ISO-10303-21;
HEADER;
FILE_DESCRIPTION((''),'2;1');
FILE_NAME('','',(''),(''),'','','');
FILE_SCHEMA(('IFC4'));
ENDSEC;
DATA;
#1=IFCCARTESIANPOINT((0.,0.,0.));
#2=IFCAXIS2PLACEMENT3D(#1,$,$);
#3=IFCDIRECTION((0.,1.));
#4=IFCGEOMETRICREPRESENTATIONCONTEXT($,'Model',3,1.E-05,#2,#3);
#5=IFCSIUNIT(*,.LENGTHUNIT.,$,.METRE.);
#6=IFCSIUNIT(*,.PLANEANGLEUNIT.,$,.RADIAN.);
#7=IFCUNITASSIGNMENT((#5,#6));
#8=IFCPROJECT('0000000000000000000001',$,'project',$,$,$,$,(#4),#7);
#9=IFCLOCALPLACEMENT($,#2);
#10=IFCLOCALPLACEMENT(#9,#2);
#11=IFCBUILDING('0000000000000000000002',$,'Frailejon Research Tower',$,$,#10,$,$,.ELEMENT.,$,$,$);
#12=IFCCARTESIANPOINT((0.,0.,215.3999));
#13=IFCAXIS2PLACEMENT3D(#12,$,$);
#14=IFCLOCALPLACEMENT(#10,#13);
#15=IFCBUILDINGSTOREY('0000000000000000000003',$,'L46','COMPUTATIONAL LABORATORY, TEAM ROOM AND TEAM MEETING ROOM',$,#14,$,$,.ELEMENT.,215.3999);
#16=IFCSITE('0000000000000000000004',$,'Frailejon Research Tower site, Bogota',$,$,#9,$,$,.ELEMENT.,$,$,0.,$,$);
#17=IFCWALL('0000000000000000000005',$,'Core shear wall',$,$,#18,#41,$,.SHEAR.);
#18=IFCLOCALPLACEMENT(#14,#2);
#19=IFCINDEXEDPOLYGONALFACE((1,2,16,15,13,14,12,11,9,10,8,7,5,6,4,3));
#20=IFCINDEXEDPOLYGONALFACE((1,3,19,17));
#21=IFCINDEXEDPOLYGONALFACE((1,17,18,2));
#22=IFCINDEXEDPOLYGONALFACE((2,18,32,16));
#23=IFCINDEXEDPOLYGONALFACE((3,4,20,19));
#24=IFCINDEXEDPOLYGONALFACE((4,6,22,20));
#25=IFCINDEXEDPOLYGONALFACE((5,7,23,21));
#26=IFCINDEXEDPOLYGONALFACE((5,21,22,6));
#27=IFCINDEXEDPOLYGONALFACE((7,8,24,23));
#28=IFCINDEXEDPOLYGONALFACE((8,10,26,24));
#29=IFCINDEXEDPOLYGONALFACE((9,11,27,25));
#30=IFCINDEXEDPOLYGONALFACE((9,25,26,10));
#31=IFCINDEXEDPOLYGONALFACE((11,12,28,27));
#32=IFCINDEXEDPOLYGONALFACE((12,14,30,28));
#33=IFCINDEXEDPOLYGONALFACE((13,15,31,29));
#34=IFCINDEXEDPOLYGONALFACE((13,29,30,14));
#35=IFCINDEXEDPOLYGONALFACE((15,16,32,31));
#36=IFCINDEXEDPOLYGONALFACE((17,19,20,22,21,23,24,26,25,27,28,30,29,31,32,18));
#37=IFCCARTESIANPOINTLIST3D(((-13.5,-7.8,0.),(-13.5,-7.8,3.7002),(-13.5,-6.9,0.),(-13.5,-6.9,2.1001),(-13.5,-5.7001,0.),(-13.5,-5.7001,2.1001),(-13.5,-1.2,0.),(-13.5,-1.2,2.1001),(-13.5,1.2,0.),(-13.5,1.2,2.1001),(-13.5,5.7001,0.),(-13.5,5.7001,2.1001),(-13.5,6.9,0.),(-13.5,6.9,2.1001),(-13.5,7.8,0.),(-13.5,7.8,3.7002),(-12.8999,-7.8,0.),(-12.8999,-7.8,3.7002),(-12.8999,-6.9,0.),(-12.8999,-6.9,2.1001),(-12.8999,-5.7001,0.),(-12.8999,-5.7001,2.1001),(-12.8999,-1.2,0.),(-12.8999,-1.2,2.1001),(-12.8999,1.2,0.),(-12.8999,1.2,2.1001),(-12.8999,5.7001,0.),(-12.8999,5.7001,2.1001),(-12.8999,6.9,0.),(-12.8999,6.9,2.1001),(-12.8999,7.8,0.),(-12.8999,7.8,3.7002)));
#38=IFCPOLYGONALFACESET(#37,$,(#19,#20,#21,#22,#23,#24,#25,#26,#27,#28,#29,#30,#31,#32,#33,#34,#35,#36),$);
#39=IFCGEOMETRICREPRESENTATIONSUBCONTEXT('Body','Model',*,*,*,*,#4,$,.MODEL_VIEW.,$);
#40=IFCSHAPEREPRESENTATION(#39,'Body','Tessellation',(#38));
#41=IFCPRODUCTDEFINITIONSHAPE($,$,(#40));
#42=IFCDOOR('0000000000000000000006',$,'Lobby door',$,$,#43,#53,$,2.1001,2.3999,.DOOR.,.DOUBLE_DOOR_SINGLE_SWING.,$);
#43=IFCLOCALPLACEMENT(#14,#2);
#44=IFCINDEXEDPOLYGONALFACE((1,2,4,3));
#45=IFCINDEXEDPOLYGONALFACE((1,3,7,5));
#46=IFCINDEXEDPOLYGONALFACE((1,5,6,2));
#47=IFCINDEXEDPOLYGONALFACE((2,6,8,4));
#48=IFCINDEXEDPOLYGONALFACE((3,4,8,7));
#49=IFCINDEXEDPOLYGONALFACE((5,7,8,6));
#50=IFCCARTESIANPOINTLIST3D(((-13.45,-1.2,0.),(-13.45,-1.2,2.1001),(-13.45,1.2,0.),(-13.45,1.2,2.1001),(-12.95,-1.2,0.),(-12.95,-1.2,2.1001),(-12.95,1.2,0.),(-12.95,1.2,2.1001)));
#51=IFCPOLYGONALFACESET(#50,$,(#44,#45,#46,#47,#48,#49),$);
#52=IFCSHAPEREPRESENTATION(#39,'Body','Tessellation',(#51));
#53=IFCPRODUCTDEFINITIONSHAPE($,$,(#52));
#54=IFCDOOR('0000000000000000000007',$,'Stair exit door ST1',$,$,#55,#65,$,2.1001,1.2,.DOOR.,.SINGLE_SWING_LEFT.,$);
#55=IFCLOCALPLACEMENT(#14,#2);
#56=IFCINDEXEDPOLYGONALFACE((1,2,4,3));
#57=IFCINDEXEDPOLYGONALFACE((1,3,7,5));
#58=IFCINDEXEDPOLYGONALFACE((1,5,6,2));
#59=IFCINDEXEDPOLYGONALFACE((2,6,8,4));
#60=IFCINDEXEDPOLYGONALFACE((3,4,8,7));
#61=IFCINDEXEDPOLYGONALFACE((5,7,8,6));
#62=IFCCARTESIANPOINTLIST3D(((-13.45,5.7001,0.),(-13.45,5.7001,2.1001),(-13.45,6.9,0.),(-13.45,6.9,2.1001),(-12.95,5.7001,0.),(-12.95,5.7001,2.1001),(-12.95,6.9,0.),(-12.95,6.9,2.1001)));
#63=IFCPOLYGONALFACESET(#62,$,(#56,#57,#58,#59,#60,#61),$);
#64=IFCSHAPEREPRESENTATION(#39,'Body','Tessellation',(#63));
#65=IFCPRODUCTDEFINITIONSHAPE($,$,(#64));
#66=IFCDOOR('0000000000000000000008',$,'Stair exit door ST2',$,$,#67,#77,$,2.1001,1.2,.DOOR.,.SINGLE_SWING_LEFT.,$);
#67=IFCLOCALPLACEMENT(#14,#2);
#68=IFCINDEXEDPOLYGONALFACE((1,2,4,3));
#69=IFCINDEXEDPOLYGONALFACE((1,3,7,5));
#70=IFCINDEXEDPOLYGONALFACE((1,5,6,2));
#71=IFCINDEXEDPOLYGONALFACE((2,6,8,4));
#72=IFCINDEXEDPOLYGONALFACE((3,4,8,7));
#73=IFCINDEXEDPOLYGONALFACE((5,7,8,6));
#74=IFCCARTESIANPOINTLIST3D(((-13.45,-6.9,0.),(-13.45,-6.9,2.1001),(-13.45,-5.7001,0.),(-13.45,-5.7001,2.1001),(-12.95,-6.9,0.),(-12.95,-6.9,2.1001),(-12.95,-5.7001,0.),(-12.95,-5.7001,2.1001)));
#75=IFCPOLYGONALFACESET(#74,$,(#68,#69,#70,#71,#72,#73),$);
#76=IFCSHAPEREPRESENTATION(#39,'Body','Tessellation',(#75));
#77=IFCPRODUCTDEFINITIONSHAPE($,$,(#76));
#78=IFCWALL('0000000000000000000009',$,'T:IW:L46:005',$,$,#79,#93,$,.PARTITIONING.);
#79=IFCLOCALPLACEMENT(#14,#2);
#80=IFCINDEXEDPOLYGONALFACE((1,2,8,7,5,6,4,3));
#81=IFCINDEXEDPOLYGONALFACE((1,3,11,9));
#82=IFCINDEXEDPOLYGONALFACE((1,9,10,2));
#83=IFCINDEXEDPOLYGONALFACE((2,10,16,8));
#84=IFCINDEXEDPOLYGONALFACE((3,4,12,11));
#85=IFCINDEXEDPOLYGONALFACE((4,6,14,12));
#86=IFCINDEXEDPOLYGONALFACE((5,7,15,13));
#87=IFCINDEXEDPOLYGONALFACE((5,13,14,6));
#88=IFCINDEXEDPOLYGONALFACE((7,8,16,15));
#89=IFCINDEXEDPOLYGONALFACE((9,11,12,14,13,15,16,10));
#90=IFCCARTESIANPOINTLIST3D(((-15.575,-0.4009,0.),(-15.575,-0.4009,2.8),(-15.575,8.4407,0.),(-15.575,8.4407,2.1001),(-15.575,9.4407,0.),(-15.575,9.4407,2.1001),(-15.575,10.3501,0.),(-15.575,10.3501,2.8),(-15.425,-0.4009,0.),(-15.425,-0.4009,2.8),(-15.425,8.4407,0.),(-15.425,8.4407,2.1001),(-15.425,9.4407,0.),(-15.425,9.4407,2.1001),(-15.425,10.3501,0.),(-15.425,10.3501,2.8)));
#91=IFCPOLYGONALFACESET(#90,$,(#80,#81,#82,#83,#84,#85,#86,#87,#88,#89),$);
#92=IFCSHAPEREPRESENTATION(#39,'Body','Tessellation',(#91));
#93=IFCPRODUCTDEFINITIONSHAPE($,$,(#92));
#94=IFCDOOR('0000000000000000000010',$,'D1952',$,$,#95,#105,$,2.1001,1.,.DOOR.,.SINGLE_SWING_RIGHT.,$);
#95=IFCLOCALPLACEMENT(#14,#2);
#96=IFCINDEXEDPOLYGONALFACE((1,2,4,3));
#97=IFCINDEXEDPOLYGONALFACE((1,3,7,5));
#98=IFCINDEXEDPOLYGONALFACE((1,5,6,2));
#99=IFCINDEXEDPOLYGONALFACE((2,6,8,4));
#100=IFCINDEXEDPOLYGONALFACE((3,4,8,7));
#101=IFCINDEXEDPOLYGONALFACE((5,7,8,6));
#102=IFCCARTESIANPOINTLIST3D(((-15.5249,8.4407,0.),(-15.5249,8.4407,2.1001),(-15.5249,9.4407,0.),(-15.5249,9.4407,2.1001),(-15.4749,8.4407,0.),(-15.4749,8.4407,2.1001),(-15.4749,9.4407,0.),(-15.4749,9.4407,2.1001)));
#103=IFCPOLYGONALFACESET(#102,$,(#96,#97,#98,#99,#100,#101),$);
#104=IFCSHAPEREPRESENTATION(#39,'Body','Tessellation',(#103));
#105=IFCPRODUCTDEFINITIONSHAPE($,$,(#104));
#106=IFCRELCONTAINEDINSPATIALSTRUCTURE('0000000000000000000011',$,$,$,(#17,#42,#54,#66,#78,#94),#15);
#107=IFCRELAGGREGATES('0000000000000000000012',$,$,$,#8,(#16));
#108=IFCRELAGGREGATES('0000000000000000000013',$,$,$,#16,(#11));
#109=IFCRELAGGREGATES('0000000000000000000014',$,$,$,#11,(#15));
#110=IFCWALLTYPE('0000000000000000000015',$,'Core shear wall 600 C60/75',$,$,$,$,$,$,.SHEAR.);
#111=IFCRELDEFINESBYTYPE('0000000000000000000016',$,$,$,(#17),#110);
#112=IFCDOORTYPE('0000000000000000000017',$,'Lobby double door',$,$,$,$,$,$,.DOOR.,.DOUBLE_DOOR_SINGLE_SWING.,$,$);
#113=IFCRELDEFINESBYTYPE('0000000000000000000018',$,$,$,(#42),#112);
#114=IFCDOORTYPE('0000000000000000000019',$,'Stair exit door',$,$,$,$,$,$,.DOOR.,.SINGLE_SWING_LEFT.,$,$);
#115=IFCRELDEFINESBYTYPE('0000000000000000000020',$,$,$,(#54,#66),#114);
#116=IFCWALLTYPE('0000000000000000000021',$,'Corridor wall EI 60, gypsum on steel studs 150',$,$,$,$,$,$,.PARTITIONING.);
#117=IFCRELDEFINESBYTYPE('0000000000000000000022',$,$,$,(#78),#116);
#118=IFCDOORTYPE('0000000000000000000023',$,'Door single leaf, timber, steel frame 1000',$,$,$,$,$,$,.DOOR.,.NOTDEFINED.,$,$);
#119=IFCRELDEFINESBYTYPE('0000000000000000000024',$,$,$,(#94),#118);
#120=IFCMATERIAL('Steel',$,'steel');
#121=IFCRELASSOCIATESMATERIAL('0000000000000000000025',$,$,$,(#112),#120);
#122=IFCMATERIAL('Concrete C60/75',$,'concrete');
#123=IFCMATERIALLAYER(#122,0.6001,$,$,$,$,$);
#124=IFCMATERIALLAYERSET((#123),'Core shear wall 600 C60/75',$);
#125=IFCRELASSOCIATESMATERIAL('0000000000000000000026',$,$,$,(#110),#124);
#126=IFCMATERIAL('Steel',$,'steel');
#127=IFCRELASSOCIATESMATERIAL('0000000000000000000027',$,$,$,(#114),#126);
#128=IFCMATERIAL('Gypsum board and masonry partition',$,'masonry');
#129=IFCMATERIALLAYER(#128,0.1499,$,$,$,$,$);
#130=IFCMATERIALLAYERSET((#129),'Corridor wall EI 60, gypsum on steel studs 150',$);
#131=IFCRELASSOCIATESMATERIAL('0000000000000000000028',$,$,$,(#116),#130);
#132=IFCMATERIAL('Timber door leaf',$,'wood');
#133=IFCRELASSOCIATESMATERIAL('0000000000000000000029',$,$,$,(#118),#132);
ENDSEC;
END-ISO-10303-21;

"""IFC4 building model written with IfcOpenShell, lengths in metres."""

from ifc_helpers import new_model, si_unit, direction, frame, frame_2d, origin, place, context, subcontext, project, spatial, rectangle, extrude, material, layer, layer_set, type_object, element, fill, save


model = new_model("IFC4")

# Units and contexts
model_context = context("Model", 3, precision=1e-05, world=origin(), true_north=direction((0.0, 1.0)))
body_context = subcontext(model_context, "Body", "Model", "MODEL_VIEW")
ifc_project = project(units=[si_unit("LENGTHUNIT", "METRE"), si_unit("PLANEANGLEUNIT", "RADIAN")], contexts=[model_context])

# Site, building, storey
site_placement = place(None, origin())
site = spatial("IfcSite", under=ifc_project, at=site_placement, Name="Frailejon Research Tower site, Bogota", CompositionType="ELEMENT", RefElevation=0.0)
building_placement = place(site_placement, origin())
building = spatial("IfcBuilding", under=site, at=building_placement, Name="Frailejon Research Tower", CompositionType="ELEMENT")
storey_placement = place(building_placement, frame((0.0, 0.0, 215.3999)))
storey = spatial("IfcBuildingStorey", under=building, at=storey_placement, Name="L46", Description="COMPUTATIONAL LABORATORY, TEAM ROOM AND TEAM MEETING ROOM", CompositionType="ELEMENT", Elevation=215.3999)

# Shared definitions
ifc_material_1 = material(Name="Steel", Category="steel")
door_type_1 = type_object("IfcDoorType", Name="Lobby double door", OperationType="DOUBLE_DOOR_SINGLE_SWING", PredefinedType="DOOR", material=ifc_material_1)

# Shared definitions
ifc_material_2 = material(Name="Concrete C60/75", Category="concrete")
ifc_layer_1 = layer(ifc_material_2, 0.6001)
ifc_layer_set_1 = layer_set([ifc_layer_1], Name="Core shear wall 600 C60/75")
wall_type_1 = type_object("IfcWallType", Name="Core shear wall 600 C60/75", PredefinedType="SHEAR", material=ifc_layer_set_1)

# Wall, openings, doors
wall_1_placement = place(storey_placement, frame((-13.2, -7.8, 0.0), z_axis=(0.0, 0.0, 1.0), x_axis=(0.0, 1.0, 0.0)))
wall_1 = element("IfcWall", 1, at=wall_1_placement, inside=storey, type_object=wall_type_1, Name="Core shear wall", PredefinedType="SHEAR", context=body_context, shape_type="SweptSolid", body=[
    extrude(rectangle(XDim=15.6001, YDim=0.6001, at=frame_2d((7.8, 0.0))), origin(), (0.0, 0.0, 1.0), 3.7002),
])
opening_1_placement = place(wall_1_placement, frame((6.6001, 0.0, 0.0)))
opening_1 = element("IfcOpeningElement", 2, at=opening_1_placement, cuts=wall_1, PredefinedType="OPENING", context=body_context, shape_type="SweptSolid", body=[
    extrude(rectangle(XDim=2.3999, YDim=2.1001, at=frame_2d((1.2, 1.05))), frame((0.0, 0.3101, 0.0), z_axis=(0.0, -1.0, 0.0), x_axis=(1.0, 0.0, 0.0)), (0.0, 0.0, 1.0), 0.6201),
])
opening_2_placement = place(wall_1_placement, frame((13.5, 0.0, 0.0)))
opening_2 = element("IfcOpeningElement", 3, at=opening_2_placement, cuts=wall_1, PredefinedType="OPENING", context=body_context, shape_type="SweptSolid", body=[
    extrude(rectangle(XDim=1.2, YDim=2.1001, at=frame_2d((0.6001, 1.05))), frame((0.0, 0.3101, 0.0), z_axis=(0.0, -1.0, 0.0), x_axis=(1.0, 0.0, 0.0)), (0.0, 0.0, 1.0), 0.6201),
])
opening_3_placement = place(wall_1_placement, frame((0.8999, 0.0, 0.0)))
opening_3 = element("IfcOpeningElement", 4, at=opening_3_placement, cuts=wall_1, PredefinedType="OPENING", context=body_context, shape_type="SweptSolid", body=[
    extrude(rectangle(XDim=1.2, YDim=2.1001, at=frame_2d((0.6001, 1.05))), frame((0.0, 0.3101, 0.0), z_axis=(0.0, -1.0, 0.0), x_axis=(1.0, 0.0, 0.0)), (0.0, 0.0, 1.0), 0.6201),
])
door_1_placement = place(opening_1_placement, origin())
door_1 = element("IfcDoor", 5, at=door_1_placement, inside=storey, type_object=door_type_1, Name="Lobby door", OperationType="DOUBLE_DOOR_SINGLE_SWING", OverallHeight=2.1001, OverallWidth=2.3999, PredefinedType="DOOR", context=body_context, shape_type="SweptSolid", body=[
    extrude(rectangle(XDim=2.3999, YDim=2.1001, at=frame_2d((1.2, 1.05))), frame((0.0, 0.25, 0.0), z_axis=(0.0, -1.0, 0.0), x_axis=(1.0, 0.0, 0.0)), (0.0, 0.0, 1.0), 0.5),
])
fill(opening_1, door_1)
ifc_material_3 = material(Name="Steel", Category="steel")
door_type_2 = type_object("IfcDoorType", Name="Stair exit door", OperationType="SINGLE_SWING_LEFT", PredefinedType="DOOR", material=ifc_material_3)
door_2_placement = place(opening_2_placement, origin())
door_2 = element("IfcDoor", 6, at=door_2_placement, inside=storey, type_object=door_type_2, Name="Stair exit door ST1", OperationType="SINGLE_SWING_LEFT", OverallHeight=2.1001, OverallWidth=1.2, PredefinedType="DOOR", context=body_context, shape_type="SweptSolid", body=[
    extrude(rectangle(XDim=1.2, YDim=2.1001, at=frame_2d((0.6001, 1.05))), frame((0.0, 0.25, 0.0), z_axis=(0.0, -1.0, 0.0), x_axis=(1.0, 0.0, 0.0)), (0.0, 0.0, 1.0), 0.5),
])
fill(opening_2, door_2)
door_3_placement = place(opening_3_placement, origin())
door_3 = element("IfcDoor", 7, at=door_3_placement, inside=storey, type_object=door_type_2, Name="Stair exit door ST2", OperationType="SINGLE_SWING_LEFT", OverallHeight=2.1001, OverallWidth=1.2, PredefinedType="DOOR", context=body_context, shape_type="SweptSolid", body=[
    extrude(rectangle(XDim=1.2, YDim=2.1001, at=frame_2d((0.6001, 1.05))), frame((0.0, 0.25, 0.0), z_axis=(0.0, -1.0, 0.0), x_axis=(1.0, 0.0, 0.0)), (0.0, 0.0, 1.0), 0.5),
])
fill(opening_3, door_3)

# Wall, opening, door
ifc_material_4 = material(Name="Gypsum board and masonry partition", Category="masonry")
ifc_layer_2 = layer(ifc_material_4, 0.1499)
ifc_layer_set_2 = layer_set([ifc_layer_2], Name="Corridor wall EI 60, gypsum on steel studs 150")
wall_type_2 = type_object("IfcWallType", Name="Corridor wall EI 60, gypsum on steel studs 150", PredefinedType="PARTITIONING", material=ifc_layer_set_2)
wall_2_placement = place(storey_placement, frame((-15.5, -0.4009, 0.0), z_axis=(0.0, 0.0, 1.0), x_axis=(0.0, 1.0, 0.0)))
wall_2 = element("IfcWall", 8, at=wall_2_placement, inside=storey, type_object=wall_type_2, Name="T:IW:L46:005", PredefinedType="PARTITIONING", context=body_context, shape_type="SweptSolid", body=[
    extrude(rectangle(XDim=10.751, YDim=0.1499, at=frame_2d((5.3755, 0.0))), origin(), (0.0, 0.0, 1.0), 2.8),
])
opening_4_placement = place(wall_2_placement, frame((8.8416, 0.0, 0.0)))
opening_4 = element("IfcOpeningElement", 9, at=opening_4_placement, cuts=wall_2, PredefinedType="OPENING", context=body_context, shape_type="SweptSolid", body=[
    extrude(rectangle(XDim=1.0, YDim=2.1001, at=frame_2d((0.5, 1.05))), frame((0.0, 0.085, 0.0), z_axis=(0.0, -1.0, 0.0), x_axis=(1.0, 0.0, 0.0)), (0.0, 0.0, 1.0), 0.1699),
])
ifc_material_5 = material(Name="Timber door leaf", Category="wood")
door_type_3 = type_object("IfcDoorType", Name="Door single leaf, timber, steel frame 1000", OperationType="NOTDEFINED", PredefinedType="DOOR", material=ifc_material_5)
door_4_placement = place(opening_4_placement, origin())
door_4 = element("IfcDoor", 10, at=door_4_placement, inside=storey, type_object=door_type_3, Name="D1952", OperationType="SINGLE_SWING_RIGHT", OverallHeight=2.1001, OverallWidth=1.0, PredefinedType="DOOR", context=body_context, shape_type="SweptSolid", body=[
    extrude(rectangle(XDim=1.0, YDim=2.1001, at=frame_2d((0.5, 1.05))), frame((0.0, 0.0249, 0.0), z_axis=(0.0, -1.0, 0.0), x_axis=(1.0, 0.0, 0.0)), (0.0, 0.0, 1.0), 0.05),
])
fill(opening_4, door_4)

save(model, "model.ifc")
